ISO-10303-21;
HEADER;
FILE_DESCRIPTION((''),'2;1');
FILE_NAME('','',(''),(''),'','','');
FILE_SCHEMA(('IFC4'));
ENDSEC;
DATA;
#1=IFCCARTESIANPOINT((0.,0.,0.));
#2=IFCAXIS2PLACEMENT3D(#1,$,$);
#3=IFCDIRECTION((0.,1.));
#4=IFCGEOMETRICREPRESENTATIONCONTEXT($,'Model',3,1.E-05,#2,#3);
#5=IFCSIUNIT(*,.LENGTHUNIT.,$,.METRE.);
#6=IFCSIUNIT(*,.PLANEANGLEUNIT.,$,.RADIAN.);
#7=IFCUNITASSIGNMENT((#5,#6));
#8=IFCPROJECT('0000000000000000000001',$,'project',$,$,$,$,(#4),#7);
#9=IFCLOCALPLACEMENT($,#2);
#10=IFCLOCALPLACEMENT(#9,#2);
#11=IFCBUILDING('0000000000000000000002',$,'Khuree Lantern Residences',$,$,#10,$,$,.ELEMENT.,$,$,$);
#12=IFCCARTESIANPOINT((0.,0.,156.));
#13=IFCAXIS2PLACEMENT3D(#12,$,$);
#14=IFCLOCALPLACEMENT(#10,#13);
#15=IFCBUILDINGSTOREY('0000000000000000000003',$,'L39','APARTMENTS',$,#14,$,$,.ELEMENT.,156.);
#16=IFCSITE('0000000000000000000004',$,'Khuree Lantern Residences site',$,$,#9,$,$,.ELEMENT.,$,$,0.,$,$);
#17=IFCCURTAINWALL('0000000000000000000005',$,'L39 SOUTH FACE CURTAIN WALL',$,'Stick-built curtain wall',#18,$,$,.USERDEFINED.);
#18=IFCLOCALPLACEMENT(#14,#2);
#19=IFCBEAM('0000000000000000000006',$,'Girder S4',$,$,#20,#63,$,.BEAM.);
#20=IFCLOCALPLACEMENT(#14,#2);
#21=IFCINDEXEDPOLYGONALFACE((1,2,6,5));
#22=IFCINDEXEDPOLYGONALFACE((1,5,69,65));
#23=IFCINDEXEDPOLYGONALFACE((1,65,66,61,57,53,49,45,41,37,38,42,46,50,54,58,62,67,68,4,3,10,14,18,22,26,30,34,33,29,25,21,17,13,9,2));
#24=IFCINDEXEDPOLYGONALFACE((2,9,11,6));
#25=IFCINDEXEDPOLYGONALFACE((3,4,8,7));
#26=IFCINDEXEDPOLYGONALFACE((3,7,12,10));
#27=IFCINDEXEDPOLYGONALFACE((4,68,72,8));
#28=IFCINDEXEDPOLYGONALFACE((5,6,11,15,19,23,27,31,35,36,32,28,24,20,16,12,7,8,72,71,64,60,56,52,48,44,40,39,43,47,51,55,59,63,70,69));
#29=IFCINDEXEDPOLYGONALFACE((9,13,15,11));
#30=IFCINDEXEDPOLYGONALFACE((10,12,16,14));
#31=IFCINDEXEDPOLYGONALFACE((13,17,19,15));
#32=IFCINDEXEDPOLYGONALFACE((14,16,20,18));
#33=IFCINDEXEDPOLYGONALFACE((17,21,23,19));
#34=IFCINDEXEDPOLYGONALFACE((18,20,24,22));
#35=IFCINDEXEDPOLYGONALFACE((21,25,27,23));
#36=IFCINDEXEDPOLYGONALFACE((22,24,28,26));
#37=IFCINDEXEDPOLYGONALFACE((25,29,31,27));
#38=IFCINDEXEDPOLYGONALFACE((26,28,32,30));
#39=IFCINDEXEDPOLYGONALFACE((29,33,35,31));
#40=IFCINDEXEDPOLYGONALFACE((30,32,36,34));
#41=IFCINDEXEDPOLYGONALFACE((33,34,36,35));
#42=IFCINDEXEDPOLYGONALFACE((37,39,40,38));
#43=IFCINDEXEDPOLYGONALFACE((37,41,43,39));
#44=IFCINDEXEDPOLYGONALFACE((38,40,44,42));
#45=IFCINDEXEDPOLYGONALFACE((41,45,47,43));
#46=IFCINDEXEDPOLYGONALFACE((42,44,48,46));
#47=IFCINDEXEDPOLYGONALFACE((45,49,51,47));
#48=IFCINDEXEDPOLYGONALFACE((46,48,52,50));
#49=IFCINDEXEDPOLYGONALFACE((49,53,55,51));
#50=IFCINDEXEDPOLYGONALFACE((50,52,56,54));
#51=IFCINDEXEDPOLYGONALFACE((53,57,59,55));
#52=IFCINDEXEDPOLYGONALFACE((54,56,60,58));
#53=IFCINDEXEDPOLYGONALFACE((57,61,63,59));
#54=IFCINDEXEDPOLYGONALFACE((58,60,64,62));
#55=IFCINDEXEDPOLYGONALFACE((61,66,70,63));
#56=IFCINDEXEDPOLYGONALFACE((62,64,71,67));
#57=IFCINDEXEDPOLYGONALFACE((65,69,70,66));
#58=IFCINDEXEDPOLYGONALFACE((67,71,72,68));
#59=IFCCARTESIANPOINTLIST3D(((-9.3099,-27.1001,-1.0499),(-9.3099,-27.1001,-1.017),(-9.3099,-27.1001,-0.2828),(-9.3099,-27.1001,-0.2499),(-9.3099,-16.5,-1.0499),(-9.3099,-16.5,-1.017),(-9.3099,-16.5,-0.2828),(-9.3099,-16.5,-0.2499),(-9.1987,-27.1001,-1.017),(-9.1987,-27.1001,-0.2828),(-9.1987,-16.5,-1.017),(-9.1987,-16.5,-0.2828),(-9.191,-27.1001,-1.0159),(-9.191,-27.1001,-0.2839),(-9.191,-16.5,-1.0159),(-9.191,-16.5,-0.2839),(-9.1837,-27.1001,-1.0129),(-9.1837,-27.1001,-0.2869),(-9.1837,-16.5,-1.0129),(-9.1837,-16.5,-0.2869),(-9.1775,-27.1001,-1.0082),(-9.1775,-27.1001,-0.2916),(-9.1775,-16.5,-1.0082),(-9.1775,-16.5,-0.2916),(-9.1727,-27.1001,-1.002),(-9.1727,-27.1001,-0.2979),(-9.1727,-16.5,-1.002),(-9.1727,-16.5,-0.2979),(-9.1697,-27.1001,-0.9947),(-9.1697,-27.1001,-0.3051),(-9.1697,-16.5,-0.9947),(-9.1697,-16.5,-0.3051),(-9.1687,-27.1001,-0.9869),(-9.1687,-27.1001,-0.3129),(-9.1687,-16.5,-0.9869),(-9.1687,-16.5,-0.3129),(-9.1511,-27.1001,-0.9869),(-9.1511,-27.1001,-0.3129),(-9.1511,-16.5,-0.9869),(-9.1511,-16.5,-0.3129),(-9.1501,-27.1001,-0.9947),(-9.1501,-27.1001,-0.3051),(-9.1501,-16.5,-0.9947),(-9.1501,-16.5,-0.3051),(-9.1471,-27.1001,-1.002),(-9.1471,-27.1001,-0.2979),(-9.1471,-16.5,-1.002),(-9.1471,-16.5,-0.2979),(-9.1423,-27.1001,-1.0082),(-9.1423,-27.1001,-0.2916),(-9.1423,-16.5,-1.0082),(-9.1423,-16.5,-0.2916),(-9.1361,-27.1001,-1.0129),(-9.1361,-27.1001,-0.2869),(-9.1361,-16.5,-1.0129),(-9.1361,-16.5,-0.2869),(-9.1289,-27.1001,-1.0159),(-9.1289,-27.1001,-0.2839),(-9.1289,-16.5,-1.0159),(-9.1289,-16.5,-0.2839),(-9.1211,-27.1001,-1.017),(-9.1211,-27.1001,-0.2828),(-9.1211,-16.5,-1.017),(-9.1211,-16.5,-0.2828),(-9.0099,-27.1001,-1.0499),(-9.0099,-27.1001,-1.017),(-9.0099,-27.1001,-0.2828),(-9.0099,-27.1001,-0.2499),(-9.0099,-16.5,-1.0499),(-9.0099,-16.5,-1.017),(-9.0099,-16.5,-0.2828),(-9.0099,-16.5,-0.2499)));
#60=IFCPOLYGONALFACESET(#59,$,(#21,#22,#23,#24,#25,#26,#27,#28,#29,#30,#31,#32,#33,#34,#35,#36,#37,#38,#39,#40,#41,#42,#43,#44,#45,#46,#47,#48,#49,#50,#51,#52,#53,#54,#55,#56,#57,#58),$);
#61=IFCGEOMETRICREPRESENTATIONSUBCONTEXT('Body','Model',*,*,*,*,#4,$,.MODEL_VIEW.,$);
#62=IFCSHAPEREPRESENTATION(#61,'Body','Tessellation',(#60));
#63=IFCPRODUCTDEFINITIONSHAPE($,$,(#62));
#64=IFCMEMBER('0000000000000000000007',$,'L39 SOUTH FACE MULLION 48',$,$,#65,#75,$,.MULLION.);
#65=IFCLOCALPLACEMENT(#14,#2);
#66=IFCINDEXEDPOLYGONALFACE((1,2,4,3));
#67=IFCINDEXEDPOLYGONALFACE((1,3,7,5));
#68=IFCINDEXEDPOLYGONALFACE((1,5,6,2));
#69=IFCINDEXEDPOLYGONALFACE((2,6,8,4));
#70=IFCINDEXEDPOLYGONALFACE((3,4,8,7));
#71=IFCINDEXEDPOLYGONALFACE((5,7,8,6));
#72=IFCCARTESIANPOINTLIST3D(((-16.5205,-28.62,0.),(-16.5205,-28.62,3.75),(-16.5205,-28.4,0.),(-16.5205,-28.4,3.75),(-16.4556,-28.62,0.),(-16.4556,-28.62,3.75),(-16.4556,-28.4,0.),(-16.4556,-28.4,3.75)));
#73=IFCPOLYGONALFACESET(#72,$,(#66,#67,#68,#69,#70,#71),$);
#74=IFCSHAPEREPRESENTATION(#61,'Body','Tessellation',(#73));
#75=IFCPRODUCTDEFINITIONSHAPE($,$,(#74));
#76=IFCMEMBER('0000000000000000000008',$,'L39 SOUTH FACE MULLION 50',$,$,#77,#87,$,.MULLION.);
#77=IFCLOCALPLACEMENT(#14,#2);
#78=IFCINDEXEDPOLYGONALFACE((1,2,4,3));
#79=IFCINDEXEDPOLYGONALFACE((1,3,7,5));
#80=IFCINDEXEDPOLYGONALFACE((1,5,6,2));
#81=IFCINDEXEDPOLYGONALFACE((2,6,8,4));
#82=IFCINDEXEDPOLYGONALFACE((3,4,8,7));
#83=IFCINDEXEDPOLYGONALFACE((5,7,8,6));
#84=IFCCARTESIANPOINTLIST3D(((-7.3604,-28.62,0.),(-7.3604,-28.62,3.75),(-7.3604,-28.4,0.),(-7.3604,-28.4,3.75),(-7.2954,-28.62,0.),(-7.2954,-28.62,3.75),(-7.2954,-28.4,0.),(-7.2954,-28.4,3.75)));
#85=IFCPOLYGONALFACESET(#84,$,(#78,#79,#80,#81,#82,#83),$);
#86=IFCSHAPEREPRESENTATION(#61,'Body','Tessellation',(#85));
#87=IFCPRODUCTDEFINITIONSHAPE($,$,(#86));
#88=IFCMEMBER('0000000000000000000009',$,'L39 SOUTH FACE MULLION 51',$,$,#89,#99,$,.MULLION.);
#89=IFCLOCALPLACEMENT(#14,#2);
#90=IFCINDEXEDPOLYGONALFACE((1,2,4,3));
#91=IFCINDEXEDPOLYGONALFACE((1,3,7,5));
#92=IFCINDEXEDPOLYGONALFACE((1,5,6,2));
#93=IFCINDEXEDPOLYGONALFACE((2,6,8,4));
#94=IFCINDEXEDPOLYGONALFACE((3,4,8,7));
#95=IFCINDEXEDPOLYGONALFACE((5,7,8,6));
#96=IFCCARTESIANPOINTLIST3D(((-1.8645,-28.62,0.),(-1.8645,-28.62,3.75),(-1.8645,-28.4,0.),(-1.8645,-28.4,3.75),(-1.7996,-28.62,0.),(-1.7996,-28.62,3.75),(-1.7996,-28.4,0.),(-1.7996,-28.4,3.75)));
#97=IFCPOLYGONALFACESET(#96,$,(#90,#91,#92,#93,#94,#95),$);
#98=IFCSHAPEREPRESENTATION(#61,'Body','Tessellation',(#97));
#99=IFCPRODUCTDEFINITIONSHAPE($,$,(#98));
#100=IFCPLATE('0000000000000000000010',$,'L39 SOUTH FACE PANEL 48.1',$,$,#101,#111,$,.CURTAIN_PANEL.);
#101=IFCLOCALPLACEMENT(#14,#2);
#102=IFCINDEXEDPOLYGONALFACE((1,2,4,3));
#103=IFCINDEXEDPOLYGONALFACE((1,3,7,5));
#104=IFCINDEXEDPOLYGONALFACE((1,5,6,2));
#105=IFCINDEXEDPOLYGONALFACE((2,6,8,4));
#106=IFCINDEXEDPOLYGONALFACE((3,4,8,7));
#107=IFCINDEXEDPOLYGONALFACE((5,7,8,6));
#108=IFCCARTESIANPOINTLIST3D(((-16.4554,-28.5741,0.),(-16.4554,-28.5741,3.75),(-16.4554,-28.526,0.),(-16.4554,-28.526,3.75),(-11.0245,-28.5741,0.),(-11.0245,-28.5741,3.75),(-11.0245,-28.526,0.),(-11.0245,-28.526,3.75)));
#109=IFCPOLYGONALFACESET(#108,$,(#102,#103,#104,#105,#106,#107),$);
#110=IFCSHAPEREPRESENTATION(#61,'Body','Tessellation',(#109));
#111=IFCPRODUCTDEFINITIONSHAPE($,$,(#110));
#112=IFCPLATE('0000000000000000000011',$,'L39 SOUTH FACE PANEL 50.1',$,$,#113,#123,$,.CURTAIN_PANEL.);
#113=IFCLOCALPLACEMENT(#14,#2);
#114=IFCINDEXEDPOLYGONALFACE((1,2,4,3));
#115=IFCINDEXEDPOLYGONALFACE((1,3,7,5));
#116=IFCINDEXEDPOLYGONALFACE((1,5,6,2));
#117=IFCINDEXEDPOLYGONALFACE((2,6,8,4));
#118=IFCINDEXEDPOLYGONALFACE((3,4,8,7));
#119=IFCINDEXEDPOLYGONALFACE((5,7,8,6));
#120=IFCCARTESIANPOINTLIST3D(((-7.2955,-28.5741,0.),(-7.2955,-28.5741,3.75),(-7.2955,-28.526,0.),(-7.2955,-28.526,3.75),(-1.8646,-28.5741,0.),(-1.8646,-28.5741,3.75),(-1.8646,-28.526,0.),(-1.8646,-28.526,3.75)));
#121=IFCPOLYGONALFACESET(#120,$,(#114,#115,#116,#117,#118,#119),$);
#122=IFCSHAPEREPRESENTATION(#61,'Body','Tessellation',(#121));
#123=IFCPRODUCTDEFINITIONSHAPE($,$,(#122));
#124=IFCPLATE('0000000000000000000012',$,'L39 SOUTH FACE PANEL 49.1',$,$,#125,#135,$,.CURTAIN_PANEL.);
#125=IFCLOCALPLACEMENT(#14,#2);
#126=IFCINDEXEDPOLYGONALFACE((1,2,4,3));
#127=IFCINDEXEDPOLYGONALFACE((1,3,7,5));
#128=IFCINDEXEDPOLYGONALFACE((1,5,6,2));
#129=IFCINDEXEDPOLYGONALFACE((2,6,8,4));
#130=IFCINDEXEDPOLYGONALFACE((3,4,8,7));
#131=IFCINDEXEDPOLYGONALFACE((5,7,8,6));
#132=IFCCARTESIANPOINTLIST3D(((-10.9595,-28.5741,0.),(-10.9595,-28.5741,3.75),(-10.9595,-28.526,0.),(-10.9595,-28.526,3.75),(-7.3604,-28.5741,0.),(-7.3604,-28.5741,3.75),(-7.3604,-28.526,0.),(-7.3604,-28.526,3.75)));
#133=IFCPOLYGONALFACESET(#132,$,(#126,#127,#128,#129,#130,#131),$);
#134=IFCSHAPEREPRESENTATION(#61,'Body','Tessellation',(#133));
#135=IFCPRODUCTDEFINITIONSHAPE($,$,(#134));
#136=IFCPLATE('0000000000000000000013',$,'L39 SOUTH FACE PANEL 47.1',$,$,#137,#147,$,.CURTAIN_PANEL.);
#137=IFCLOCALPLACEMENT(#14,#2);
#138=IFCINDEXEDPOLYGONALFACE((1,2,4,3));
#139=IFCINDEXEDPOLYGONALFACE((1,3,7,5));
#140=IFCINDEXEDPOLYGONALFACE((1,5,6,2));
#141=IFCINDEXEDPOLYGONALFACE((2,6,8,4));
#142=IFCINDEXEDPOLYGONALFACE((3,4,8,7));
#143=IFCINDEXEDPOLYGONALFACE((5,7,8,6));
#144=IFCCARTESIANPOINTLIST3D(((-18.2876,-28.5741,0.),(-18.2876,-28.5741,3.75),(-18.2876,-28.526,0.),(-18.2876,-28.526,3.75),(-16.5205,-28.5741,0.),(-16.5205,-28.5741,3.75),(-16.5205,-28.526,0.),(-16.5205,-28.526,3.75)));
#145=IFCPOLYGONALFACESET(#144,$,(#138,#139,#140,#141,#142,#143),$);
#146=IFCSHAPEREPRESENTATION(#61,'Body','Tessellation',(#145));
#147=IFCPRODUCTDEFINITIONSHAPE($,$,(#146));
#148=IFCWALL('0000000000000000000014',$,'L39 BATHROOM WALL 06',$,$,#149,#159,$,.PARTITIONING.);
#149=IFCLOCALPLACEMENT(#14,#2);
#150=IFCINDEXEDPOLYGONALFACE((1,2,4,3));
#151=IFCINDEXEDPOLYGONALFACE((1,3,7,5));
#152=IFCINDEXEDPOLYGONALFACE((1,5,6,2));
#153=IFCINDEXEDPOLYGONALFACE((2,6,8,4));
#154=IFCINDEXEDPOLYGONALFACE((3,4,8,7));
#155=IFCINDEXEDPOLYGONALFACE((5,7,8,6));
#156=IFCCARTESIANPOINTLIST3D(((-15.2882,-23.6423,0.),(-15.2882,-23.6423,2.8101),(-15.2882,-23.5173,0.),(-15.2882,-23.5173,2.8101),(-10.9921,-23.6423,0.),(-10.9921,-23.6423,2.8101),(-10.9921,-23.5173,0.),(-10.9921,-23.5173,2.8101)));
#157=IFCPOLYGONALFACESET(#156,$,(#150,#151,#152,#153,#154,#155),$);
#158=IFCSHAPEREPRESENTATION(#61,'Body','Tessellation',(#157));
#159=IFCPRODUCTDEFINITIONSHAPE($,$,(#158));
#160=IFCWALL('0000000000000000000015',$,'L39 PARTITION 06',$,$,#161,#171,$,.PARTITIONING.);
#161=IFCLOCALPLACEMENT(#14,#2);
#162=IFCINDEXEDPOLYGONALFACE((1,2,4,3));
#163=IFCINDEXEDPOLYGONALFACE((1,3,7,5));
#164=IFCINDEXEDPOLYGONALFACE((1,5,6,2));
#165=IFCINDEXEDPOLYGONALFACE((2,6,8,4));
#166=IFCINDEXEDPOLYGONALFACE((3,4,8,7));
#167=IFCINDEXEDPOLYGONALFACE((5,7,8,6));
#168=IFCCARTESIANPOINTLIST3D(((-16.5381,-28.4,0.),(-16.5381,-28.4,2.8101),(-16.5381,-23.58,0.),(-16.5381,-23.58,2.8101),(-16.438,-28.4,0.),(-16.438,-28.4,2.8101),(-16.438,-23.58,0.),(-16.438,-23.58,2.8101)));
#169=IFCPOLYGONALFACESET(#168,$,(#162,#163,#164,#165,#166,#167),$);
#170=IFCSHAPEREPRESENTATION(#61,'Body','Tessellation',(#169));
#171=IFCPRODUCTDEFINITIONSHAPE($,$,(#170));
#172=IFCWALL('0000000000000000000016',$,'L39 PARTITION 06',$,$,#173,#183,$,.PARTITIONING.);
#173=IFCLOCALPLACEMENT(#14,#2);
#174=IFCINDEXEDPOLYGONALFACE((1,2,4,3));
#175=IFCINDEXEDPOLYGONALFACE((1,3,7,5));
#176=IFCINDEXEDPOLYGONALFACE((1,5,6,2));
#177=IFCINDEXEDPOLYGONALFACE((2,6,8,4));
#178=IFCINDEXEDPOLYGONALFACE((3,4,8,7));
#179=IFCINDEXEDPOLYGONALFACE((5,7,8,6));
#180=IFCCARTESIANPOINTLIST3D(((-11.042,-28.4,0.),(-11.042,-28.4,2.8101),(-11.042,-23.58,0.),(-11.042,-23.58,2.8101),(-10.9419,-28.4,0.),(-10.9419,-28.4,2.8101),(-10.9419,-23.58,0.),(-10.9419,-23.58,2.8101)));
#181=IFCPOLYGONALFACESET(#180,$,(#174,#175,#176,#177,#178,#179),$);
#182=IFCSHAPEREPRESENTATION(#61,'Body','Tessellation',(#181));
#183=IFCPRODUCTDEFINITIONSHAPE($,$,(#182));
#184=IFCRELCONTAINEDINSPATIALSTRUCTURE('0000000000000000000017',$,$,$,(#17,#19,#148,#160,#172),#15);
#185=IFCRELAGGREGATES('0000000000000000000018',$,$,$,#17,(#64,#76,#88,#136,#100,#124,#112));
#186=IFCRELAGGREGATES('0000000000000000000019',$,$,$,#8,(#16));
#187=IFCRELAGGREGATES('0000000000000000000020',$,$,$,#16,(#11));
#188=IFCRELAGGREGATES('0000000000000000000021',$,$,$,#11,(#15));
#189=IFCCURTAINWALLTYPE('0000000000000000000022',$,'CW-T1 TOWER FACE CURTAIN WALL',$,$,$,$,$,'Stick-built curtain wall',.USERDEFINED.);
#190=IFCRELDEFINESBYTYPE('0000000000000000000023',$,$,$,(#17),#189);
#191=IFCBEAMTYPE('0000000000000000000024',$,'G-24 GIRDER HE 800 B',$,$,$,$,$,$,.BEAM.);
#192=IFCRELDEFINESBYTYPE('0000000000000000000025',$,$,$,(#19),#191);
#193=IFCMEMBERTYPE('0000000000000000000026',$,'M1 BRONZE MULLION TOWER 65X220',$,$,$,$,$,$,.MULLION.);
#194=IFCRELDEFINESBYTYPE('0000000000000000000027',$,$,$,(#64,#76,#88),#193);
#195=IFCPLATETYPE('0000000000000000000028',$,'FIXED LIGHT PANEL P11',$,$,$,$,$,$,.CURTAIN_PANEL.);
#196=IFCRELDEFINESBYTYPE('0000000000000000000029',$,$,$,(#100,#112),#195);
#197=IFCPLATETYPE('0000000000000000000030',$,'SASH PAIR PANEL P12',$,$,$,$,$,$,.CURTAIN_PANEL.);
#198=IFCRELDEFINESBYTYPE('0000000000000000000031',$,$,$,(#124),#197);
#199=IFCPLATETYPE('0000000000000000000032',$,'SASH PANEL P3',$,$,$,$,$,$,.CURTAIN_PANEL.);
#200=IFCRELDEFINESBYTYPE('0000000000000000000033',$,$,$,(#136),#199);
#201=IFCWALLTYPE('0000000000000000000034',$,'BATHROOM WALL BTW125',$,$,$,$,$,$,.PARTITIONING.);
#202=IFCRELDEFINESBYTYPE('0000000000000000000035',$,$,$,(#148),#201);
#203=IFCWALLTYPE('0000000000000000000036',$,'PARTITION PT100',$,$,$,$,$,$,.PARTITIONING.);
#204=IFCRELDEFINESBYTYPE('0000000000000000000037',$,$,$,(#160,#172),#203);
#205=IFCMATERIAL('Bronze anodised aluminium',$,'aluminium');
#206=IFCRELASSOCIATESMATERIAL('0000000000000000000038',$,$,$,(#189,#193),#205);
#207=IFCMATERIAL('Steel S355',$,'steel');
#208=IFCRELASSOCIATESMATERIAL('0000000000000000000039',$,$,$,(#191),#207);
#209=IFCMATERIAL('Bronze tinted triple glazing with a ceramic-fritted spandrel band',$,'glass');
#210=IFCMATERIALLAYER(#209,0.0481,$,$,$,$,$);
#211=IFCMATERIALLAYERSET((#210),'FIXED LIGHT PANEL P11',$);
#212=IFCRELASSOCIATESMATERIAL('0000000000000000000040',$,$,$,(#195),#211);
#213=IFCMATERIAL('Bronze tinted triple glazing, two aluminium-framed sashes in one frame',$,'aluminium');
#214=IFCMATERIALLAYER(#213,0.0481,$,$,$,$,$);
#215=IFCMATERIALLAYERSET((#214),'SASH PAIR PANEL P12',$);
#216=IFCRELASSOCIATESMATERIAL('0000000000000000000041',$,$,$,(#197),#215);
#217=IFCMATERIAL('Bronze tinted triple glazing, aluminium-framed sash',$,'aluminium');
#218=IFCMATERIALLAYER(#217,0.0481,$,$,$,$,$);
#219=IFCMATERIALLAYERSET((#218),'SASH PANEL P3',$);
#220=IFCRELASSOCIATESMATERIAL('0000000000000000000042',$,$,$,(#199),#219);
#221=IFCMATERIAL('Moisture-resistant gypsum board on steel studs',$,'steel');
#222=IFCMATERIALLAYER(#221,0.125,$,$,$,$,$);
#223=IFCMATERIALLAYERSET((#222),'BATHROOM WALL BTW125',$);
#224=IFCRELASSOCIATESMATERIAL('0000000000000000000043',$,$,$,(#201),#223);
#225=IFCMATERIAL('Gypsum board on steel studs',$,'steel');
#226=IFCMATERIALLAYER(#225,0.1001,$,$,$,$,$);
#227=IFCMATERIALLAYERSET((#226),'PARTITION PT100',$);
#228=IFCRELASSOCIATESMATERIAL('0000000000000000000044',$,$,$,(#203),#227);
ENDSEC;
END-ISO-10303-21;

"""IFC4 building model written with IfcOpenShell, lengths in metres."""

from ifc_helpers import new_model, si_unit, direction, frame, frame_2d, origin, origin_2d, place, context, subcontext, project, spatial, rectangle, i_section, extrude, material, layer, layer_set, material_profile, profile_set, type_object, element, aggregate, save


model = new_model("IFC4")

# Units and contexts
model_context = context("Model", 3, precision=1e-05, world=origin(), true_north=direction((0.0, 1.0)))
body_context = subcontext(model_context, "Body", "Model", "MODEL_VIEW")
ifc_project = project(units=[si_unit("LENGTHUNIT", "METRE"), si_unit("PLANEANGLEUNIT", "RADIAN")], contexts=[model_context])

# Site, building, storey
site_placement = place(None, origin())
site = spatial("IfcSite", under=ifc_project, at=site_placement, Name="Khuree Lantern Residences site", CompositionType="ELEMENT", RefElevation=0.0)
building_placement = place(site_placement, origin())
building = spatial("IfcBuilding", under=site, at=building_placement, Name="Khuree Lantern Residences", CompositionType="ELEMENT")
storey_placement = place(building_placement, frame((0.0, 0.0, 156.0)))
storey = spatial("IfcBuildingStorey", under=building, at=storey_placement, Name="L39", Description="APARTMENTS", CompositionType="ELEMENT", Elevation=156.0)

# Shared definitions
ifc_material_1 = material(Name="Steel S355", Category="steel")

# Curtain wall
ifc_material_2 = material(Name="Bronze anodised aluminium", Category="aluminium")
curtain_wall_type = type_object("IfcCurtainWallType", Name="CW-T1 TOWER FACE CURTAIN WALL", ElementType="Stick-built curtain wall", PredefinedType="USERDEFINED", material=ifc_material_2)
curtain_wall_placement = place(storey_placement, origin())
curtain_wall = element("IfcCurtainWall", 1, at=curtain_wall_placement, inside=storey, type_object=curtain_wall_type, Name="L39 SOUTH FACE CURTAIN WALL", ObjectType="Stick-built curtain wall", PredefinedType="USERDEFINED")

# Beam
ifc_material_profile_1 = material_profile(ifc_material_1, i_section(OverallWidth=0.3, OverallDepth=0.8, WebThickness=0.0176, FlangeThickness=0.033, FilletRadius=0.03, at=origin_2d()), Name="HE 800 B")
ifc_profile_set_1 = profile_set([ifc_material_profile_1], Name="Steel S355")
beam_type_1 = type_object("IfcBeamType", Name="G-24 GIRDER HE 800 B", PredefinedType="BEAM", material=ifc_profile_set_1)
for number, where, z_axis, x_axis, name in (
    (2, (-9.1599, -27.1001, -0.6499), (0.0, 1.0, 0.0), (-1.0, 0.0, 0.0), "Girder S4"),
):
    element("IfcBeam", number, at=place(storey_placement, frame(where, z_axis=z_axis, x_axis=x_axis)), inside=storey, type_object=beam_type_1, Name=name, PredefinedType="BEAM", context=body_context, shape_type="SweptSolid", body=[
        extrude(i_section(OverallWidth=0.3, OverallDepth=0.8, WebThickness=0.0176, FlangeThickness=0.033, FilletRadius=0.03, at=origin_2d()), origin(), (0.0, 0.0, 1.0), 10.6001),
    ])

# Members
ifc_material_profile_2 = material_profile(ifc_material_2, rectangle(XDim=0.0649, YDim=0.22, at=origin_2d()), Name="M1 65X220")
ifc_profile_set_2 = profile_set([ifc_material_profile_2], Name="Bronze anodised aluminium")
member_type_1 = type_object("IfcMemberType", Name="M1 BRONZE MULLION TOWER 65X220", PredefinedType="MULLION", material=ifc_profile_set_2)
member_1_placement = place(storey_placement, frame((-16.488, -28.51, 0.0), z_axis=(0.0, 0.0, 1.0), x_axis=(1.0, 0.0, 0.0)))
member_1 = element("IfcMember", 3, at=member_1_placement, type_object=member_type_1, Name="L39 SOUTH FACE MULLION 48", PredefinedType="MULLION", context=body_context, shape_type="SweptSolid", body=[
    extrude(rectangle(XDim=0.0649, YDim=0.22, at=origin_2d()), origin(), (0.0, 0.0, 1.0), 3.75),
])
member_2_placement = place(storey_placement, frame((-7.3279, -28.51, 0.0), z_axis=(0.0, 0.0, 1.0), x_axis=(1.0, 0.0, 0.0)))
member_2 = element("IfcMember", 4, at=member_2_placement, type_object=member_type_1, Name="L39 SOUTH FACE MULLION 50", PredefinedType="MULLION", context=body_context, shape_type="SweptSolid", body=[
    extrude(rectangle(XDim=0.0649, YDim=0.22, at=origin_2d()), origin(), (0.0, 0.0, 1.0), 3.75),
])
member_3_placement = place(storey_placement, frame((-1.832, -28.51, 0.0), z_axis=(0.0, 0.0, 1.0), x_axis=(1.0, 0.0, 0.0)))
member_3 = element("IfcMember", 5, at=member_3_placement, type_object=member_type_1, Name="L39 SOUTH FACE MULLION 51", PredefinedType="MULLION", context=body_context, shape_type="SweptSolid", body=[
    extrude(rectangle(XDim=0.0649, YDim=0.22, at=origin_2d()), origin(), (0.0, 0.0, 1.0), 3.75),
])

# Plates
ifc_material_3 = material(Name="Bronze tinted triple glazing with a ceramic-fritted spandrel band", Category="glass")
ifc_layer_1 = layer(ifc_material_3, 0.0481)
ifc_layer_set_1 = layer_set([ifc_layer_1], Name="FIXED LIGHT PANEL P11")
plate_type_1 = type_object("IfcPlateType", Name="FIXED LIGHT PANEL P11", PredefinedType="CURTAIN_PANEL", material=ifc_layer_set_1)
plate_1_placement = place(storey_placement, frame((-13.74, -28.55, 0.0), z_axis=(0.0, 0.0, 1.0), x_axis=(1.0, 0.0, 0.0)))
plate_1 = element("IfcPlate", 6, at=plate_1_placement, type_object=plate_type_1, Name="L39 SOUTH FACE PANEL 48.1", PredefinedType="CURTAIN_PANEL", context=body_context, shape_type="SweptSolid", body=[
    extrude(rectangle(XDim=5.4309, YDim=0.0481, at=origin_2d()), origin(), (0.0, 0.0, 1.0), 3.75),
])
plate_2_placement = place(storey_placement, frame((-4.5801, -28.55, 0.0), z_axis=(0.0, 0.0, 1.0), x_axis=(1.0, 0.0, 0.0)))
plate_2 = element("IfcPlate", 7, at=plate_2_placement, type_object=plate_type_1, Name="L39 SOUTH FACE PANEL 50.1", PredefinedType="CURTAIN_PANEL", context=body_context, shape_type="SweptSolid", body=[
    extrude(rectangle(XDim=5.4309, YDim=0.0481, at=origin_2d()), origin(), (0.0, 0.0, 1.0), 3.75),
])
ifc_material_4 = material(Name="Bronze tinted triple glazing, two aluminium-framed sashes in one frame", Category="aluminium")
ifc_layer_2 = layer(ifc_material_4, 0.0481)
ifc_layer_set_2 = layer_set([ifc_layer_2], Name="SASH PAIR PANEL P12")
plate_type_2 = type_object("IfcPlateType", Name="SASH PAIR PANEL P12", PredefinedType="CURTAIN_PANEL", material=ifc_layer_set_2)
plate_3_placement = place(storey_placement, frame((-9.1599, -28.55, 0.0), z_axis=(0.0, 0.0, 1.0), x_axis=(1.0, 0.0, 0.0)))
plate_3 = element("IfcPlate", 8, at=plate_3_placement, type_object=plate_type_2, Name="L39 SOUTH FACE PANEL 49.1", PredefinedType="CURTAIN_PANEL", context=body_context, shape_type="SweptSolid", body=[
    extrude(rectangle(XDim=3.5991, YDim=0.0481, at=origin_2d()), origin(), (0.0, 0.0, 1.0), 3.75),
])
ifc_material_5 = material(Name="Bronze tinted triple glazing, aluminium-framed sash", Category="aluminium")
ifc_layer_3 = layer(ifc_material_5, 0.0481)
ifc_layer_set_3 = layer_set([ifc_layer_3], Name="SASH PANEL P3")
plate_type_3 = type_object("IfcPlateType", Name="SASH PANEL P3", PredefinedType="CURTAIN_PANEL", material=ifc_layer_set_3)
plate_4_placement = place(storey_placement, frame((-17.4041, -28.55, 0.0), z_axis=(0.0, 0.0, 1.0), x_axis=(1.0, 0.0, 0.0)))
plate_4 = element("IfcPlate", 9, at=plate_4_placement, type_object=plate_type_3, Name="L39 SOUTH FACE PANEL 47.1", PredefinedType="CURTAIN_PANEL", context=body_context, shape_type="SweptSolid", body=[
    extrude(rectangle(XDim=1.7671, YDim=0.0481, at=origin_2d()), origin(), (0.0, 0.0, 1.0), 3.75),
])
aggregate(curtain_wall, [member_1, member_2, member_3, plate_4, plate_1, plate_3, plate_2])

# Walls
ifc_material_6 = material(Name="Moisture-resistant gypsum board on steel studs", Category="steel")
ifc_layer_4 = layer(ifc_material_6, 0.125)
ifc_layer_set_4 = layer_set([ifc_layer_4], Name="BATHROOM WALL BTW125")
wall_type_1 = type_object("IfcWallType", Name="BATHROOM WALL BTW125", PredefinedType="PARTITIONING", material=ifc_layer_set_4)
wall_1_placement = place(storey_placement, frame((-15.2881, -23.5798, 0.0), z_axis=(0.0, 0.0, 1.0), x_axis=(1.0, 0.0, 0.0)))
element("IfcWall", 10, at=wall_1_placement, inside=storey, type_object=wall_type_1, Name="L39 BATHROOM WALL 06", PredefinedType="PARTITIONING", context=body_context, shape_type="SweptSolid", body=[
    extrude(rectangle(XDim=4.2961, YDim=0.125, at=frame_2d((2.1479, 0.0))), origin(), (0.0, 0.0, 1.0), 2.8101),
])
ifc_material_7 = material(Name="Gypsum board on steel studs", Category="steel")
ifc_layer_5 = layer(ifc_material_7, 0.1001)
ifc_layer_set_5 = layer_set([ifc_layer_5], Name="PARTITION PT100")
wall_type_2 = type_object("IfcWallType", Name="PARTITION PT100", PredefinedType="PARTITIONING", material=ifc_layer_set_5)
for number, where, z_axis, x_axis, name in (
    (11, (-16.488, -23.5798, 0.0), (0.0, 0.0, 1.0), (0.0, -1.0, 0.0), "L39 PARTITION 06"),
    (12, (-10.9919, -23.5798, 0.0), (0.0, 0.0, 1.0), (0.0, -1.0, 0.0), "L39 PARTITION 06"),
):
    element("IfcWall", number, at=place(storey_placement, frame(where, z_axis=z_axis, x_axis=x_axis)), inside=storey, type_object=wall_type_2, Name=name, PredefinedType="PARTITIONING", context=body_context, shape_type="SweptSolid", body=[
        extrude(rectangle(XDim=4.8201, YDim=0.1001, at=frame_2d((2.4102, 0.0))), origin(), (0.0, 0.0, 1.0), 2.8101),
    ])

save(model, "model.ifc")
